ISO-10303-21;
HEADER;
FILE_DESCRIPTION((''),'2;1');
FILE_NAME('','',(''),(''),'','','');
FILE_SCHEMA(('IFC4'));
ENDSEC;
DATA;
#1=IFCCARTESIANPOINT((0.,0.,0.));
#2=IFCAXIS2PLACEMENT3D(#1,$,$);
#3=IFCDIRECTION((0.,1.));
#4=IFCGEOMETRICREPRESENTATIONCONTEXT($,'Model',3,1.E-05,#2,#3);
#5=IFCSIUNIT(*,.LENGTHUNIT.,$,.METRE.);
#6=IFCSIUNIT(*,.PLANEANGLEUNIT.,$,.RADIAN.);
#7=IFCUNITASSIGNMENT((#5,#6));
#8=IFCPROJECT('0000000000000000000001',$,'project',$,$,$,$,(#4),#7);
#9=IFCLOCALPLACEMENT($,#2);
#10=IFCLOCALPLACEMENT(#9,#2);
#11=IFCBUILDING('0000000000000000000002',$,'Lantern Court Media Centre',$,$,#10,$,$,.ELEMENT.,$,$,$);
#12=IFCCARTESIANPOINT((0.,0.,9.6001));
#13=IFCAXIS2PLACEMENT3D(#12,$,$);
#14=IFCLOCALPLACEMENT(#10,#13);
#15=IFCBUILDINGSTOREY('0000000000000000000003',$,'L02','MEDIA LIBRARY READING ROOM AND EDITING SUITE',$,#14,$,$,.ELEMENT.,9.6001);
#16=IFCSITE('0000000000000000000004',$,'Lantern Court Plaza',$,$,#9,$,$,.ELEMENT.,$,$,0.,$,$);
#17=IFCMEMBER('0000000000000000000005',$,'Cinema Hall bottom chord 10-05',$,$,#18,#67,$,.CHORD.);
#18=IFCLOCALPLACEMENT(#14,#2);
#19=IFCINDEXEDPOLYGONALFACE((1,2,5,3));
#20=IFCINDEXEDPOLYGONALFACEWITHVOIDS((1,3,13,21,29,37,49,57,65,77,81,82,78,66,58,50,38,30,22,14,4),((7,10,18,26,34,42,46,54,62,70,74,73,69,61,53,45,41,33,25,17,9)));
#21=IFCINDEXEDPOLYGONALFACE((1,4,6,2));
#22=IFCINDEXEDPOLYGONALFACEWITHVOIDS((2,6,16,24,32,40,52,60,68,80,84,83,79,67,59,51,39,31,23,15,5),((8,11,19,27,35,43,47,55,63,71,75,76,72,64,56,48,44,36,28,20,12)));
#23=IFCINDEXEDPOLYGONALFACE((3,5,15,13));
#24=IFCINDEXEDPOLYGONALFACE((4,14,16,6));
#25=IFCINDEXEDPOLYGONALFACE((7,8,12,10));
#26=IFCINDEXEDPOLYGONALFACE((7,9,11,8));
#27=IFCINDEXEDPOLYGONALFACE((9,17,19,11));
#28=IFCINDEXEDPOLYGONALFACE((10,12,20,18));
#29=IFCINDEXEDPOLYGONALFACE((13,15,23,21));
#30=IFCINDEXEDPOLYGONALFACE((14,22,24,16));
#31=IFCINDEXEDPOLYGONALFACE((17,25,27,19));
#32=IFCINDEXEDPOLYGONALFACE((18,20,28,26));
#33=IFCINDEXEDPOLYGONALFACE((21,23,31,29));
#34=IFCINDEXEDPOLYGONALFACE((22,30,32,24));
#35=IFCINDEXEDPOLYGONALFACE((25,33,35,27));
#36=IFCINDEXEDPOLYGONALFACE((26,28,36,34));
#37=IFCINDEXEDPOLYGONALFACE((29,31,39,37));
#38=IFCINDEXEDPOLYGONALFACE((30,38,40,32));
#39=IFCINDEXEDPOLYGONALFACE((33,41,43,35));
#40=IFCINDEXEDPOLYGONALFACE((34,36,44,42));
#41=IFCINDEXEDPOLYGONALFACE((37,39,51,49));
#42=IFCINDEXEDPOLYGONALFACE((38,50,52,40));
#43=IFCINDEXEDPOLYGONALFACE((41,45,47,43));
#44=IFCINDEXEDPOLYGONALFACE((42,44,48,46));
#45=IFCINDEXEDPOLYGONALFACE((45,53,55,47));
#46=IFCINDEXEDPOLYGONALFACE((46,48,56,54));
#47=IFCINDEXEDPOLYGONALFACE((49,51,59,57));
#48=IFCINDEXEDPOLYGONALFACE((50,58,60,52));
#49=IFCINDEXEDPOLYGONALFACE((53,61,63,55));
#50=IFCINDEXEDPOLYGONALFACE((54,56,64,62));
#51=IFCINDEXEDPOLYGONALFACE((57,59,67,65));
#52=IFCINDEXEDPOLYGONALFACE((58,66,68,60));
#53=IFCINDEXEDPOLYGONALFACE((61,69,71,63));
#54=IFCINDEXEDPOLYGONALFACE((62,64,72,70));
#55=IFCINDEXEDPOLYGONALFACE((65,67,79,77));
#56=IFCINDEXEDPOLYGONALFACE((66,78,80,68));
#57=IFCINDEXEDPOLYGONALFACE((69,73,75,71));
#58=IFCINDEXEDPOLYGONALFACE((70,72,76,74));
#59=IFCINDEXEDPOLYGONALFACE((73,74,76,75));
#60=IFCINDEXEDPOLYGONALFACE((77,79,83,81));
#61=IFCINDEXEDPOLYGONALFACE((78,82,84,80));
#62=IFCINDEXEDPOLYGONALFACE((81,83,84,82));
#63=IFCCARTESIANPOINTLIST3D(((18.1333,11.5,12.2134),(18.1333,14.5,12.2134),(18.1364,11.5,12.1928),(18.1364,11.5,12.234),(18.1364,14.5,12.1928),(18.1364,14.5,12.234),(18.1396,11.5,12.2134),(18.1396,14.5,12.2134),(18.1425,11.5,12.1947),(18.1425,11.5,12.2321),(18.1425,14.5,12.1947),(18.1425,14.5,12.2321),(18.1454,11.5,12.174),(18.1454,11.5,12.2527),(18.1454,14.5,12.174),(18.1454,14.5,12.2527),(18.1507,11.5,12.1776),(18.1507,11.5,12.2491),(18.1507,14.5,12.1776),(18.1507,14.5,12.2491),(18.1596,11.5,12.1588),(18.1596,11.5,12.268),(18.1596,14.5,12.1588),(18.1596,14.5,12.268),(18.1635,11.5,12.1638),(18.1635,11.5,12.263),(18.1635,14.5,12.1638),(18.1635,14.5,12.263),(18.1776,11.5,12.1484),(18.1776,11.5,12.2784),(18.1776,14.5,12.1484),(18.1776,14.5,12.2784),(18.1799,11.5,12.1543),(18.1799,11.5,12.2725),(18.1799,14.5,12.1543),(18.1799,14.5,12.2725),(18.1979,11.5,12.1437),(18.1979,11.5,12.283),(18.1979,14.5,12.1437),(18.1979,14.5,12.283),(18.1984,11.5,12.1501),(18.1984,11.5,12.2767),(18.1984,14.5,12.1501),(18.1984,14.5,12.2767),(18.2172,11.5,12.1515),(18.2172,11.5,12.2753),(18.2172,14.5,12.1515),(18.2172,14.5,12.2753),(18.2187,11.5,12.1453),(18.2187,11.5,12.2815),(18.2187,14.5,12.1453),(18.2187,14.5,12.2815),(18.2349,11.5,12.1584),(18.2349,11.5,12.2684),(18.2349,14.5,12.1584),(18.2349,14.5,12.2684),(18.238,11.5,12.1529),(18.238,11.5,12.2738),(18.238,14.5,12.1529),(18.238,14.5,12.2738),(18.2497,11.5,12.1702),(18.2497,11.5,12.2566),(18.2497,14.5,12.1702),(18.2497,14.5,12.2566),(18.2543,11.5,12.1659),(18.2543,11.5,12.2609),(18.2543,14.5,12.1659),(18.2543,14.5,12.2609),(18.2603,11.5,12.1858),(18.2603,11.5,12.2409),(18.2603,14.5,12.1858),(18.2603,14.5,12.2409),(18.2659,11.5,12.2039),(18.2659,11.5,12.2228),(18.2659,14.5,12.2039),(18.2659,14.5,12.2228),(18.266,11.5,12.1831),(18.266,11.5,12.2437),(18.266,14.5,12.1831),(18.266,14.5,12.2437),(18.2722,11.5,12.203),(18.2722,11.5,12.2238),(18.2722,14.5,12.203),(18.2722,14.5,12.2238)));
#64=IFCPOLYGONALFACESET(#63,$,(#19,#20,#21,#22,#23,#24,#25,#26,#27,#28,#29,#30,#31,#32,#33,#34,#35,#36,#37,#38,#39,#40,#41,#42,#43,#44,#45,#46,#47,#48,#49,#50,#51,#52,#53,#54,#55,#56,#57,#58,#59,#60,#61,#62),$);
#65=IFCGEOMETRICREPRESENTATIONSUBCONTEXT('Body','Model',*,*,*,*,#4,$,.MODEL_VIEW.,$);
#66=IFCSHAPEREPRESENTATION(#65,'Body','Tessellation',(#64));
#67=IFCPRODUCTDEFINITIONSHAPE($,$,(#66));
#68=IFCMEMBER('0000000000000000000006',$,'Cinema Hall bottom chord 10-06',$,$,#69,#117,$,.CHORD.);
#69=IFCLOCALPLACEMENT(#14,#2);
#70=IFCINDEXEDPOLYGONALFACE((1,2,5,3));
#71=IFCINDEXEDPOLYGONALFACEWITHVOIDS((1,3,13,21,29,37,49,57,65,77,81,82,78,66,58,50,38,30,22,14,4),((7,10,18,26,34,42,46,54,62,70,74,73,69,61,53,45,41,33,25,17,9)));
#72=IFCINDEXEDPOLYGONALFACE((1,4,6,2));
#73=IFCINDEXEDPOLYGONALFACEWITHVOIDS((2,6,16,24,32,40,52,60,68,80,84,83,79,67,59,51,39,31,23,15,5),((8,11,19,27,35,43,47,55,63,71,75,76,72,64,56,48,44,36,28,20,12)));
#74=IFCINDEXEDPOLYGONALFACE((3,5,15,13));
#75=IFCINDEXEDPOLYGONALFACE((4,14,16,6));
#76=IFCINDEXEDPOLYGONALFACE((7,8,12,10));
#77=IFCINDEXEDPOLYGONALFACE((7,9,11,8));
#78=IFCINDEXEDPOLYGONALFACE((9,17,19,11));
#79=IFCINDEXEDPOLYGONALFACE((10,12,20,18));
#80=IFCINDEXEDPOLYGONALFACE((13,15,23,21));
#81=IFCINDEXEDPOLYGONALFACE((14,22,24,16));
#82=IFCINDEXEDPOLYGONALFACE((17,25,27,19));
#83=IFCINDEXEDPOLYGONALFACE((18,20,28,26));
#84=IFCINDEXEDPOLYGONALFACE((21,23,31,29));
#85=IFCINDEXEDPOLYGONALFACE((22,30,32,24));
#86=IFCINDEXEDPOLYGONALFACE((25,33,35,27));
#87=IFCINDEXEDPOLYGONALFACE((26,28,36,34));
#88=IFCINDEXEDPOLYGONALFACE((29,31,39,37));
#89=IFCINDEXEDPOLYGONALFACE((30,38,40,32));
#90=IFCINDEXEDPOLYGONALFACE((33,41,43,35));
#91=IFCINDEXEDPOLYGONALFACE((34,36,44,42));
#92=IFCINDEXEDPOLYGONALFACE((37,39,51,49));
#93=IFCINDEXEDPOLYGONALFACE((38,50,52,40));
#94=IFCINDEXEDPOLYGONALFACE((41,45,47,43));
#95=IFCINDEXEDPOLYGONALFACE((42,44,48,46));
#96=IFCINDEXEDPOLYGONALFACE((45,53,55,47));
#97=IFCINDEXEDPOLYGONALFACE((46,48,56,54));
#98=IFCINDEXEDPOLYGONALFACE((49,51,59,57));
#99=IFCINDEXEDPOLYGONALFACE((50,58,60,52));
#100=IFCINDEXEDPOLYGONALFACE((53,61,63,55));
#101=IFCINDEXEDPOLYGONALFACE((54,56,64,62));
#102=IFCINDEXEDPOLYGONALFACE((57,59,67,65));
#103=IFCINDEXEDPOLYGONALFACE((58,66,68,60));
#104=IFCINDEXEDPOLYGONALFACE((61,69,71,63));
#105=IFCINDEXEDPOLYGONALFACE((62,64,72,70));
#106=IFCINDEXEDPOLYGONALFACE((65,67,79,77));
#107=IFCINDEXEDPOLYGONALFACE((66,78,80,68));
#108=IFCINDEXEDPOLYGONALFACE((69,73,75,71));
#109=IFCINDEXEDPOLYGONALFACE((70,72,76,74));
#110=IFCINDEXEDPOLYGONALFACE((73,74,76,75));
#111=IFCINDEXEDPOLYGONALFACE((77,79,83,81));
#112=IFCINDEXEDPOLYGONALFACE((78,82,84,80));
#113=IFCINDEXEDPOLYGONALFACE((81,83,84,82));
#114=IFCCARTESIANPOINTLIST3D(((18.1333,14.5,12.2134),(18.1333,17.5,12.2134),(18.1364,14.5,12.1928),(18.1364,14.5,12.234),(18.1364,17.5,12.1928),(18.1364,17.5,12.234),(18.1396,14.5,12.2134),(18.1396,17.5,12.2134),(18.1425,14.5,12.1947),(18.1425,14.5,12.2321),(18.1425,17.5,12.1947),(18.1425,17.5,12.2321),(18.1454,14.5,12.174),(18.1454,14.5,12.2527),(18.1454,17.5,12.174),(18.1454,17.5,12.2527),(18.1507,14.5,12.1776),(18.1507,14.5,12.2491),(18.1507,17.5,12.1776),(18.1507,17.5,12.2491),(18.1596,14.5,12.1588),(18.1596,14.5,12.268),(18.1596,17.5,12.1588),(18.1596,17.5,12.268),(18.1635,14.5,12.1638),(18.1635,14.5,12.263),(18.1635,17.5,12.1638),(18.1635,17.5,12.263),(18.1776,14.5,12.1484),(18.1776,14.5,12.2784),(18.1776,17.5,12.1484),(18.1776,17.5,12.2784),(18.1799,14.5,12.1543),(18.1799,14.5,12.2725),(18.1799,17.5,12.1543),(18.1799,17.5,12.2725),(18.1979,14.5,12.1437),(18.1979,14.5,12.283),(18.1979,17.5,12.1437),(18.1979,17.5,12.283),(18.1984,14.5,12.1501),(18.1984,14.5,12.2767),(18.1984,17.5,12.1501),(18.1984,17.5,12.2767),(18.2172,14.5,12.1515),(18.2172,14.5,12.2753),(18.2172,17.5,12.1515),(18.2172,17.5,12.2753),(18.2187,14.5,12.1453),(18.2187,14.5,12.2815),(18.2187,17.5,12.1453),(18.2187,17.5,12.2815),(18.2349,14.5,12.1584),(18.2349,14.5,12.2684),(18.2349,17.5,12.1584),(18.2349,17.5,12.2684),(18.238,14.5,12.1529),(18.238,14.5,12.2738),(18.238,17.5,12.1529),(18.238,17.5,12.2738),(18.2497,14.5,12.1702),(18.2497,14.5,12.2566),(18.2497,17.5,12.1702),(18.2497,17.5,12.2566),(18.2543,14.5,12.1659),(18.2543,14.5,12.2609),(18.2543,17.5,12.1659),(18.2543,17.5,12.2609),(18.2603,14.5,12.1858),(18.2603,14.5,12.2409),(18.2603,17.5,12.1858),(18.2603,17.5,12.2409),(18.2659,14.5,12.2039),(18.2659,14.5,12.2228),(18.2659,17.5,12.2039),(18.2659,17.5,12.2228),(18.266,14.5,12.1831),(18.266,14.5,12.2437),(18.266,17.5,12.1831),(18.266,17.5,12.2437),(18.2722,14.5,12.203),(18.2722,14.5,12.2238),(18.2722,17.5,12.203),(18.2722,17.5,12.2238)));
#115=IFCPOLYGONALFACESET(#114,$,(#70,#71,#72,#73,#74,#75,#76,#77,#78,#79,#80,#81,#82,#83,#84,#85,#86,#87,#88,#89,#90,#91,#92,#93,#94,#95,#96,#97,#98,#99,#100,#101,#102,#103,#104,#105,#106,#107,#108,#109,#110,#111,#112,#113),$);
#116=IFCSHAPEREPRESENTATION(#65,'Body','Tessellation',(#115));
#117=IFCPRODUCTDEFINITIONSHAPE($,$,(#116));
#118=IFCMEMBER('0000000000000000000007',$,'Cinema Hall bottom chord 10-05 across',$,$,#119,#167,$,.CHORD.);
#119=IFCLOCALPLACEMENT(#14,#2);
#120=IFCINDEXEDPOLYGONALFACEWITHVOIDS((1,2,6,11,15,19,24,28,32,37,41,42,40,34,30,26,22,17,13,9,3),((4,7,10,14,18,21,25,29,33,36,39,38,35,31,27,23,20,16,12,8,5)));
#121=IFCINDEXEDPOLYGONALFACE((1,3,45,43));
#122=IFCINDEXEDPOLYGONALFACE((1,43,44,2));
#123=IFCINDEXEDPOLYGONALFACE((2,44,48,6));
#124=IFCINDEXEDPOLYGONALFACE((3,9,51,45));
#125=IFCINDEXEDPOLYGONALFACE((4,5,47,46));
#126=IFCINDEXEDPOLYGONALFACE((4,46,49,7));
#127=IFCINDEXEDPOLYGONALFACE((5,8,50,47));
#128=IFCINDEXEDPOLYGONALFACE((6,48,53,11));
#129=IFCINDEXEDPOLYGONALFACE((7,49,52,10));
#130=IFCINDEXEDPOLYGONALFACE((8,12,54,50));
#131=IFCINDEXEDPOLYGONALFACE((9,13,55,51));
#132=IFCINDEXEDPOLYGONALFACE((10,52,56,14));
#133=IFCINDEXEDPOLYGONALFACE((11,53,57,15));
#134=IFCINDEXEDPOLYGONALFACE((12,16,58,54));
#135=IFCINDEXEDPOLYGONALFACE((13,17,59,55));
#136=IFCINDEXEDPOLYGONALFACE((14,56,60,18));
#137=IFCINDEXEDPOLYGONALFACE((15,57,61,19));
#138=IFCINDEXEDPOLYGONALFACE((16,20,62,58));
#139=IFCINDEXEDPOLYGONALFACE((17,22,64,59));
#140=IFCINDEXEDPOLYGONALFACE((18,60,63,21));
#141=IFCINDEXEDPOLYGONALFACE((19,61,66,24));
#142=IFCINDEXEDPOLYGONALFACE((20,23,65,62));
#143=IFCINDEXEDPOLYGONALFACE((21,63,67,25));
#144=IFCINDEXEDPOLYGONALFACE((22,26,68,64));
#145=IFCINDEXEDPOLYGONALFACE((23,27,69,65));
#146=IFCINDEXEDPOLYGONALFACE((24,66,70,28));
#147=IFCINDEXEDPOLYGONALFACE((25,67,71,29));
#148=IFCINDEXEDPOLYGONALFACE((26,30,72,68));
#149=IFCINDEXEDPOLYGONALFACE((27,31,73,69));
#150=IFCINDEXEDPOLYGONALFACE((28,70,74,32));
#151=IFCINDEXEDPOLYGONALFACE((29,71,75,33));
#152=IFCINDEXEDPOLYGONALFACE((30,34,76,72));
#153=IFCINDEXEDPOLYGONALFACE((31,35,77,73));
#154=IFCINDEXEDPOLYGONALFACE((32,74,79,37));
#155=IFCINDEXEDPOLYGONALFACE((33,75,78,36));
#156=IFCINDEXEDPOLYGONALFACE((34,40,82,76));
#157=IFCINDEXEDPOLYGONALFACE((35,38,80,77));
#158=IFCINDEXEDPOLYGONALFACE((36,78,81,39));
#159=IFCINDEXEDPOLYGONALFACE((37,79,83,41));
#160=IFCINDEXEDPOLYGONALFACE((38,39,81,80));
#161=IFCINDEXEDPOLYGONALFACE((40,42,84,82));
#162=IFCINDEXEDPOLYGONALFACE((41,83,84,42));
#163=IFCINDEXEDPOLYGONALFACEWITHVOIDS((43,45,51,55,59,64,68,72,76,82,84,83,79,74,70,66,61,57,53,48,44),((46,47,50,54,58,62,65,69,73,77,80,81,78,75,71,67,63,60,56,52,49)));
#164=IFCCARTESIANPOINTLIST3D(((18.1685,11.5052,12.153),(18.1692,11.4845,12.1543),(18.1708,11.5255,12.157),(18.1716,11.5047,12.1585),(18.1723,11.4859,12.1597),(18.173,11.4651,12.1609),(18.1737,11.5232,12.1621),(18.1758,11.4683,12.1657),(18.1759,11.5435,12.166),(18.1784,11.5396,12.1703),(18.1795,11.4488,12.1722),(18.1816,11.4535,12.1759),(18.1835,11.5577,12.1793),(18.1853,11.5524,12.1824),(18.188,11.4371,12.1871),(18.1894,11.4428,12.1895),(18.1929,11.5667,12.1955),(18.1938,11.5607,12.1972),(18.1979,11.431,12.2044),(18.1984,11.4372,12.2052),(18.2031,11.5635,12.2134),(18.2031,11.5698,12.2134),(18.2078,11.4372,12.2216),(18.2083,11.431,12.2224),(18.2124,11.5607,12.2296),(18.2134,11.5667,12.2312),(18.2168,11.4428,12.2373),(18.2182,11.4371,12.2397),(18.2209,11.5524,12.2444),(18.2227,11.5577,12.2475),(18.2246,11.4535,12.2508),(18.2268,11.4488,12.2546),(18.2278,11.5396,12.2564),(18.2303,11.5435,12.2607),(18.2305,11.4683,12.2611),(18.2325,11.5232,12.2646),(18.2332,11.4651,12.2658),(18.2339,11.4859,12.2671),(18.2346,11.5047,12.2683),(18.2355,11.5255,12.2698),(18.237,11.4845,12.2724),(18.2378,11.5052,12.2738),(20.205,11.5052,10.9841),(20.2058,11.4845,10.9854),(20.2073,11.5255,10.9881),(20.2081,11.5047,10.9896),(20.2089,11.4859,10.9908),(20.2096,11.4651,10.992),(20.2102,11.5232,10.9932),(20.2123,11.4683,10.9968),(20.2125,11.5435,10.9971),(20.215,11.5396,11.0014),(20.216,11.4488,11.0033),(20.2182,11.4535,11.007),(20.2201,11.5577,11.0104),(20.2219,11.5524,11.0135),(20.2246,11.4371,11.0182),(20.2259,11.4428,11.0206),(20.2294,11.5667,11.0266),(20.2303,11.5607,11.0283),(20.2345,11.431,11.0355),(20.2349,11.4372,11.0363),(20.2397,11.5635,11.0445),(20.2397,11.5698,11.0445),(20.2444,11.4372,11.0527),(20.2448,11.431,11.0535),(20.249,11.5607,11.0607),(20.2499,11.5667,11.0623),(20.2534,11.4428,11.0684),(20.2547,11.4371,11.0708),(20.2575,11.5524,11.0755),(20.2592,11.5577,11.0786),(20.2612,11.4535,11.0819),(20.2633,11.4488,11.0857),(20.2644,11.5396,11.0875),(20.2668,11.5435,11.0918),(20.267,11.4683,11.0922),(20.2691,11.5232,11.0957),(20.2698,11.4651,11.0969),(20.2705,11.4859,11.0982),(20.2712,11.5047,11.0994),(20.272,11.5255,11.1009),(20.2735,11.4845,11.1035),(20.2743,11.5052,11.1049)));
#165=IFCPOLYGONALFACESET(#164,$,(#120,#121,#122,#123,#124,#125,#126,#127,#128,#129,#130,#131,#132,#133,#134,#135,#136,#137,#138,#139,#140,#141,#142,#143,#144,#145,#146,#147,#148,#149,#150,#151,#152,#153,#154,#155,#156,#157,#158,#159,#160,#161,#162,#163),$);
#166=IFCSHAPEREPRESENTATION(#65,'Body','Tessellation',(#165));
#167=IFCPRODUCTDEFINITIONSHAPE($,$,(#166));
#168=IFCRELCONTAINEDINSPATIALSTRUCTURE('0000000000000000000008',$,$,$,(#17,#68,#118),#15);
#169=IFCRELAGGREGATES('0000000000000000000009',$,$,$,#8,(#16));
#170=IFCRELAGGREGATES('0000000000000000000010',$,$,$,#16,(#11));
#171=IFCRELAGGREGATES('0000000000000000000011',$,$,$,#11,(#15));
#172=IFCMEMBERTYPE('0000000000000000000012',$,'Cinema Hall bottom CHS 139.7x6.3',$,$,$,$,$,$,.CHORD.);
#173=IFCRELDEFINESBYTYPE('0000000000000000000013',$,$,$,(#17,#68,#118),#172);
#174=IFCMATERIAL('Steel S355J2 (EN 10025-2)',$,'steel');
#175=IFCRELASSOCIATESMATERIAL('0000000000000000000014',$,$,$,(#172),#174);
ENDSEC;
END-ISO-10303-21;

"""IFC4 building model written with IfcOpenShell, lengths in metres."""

from ifc_helpers import new_model, si_unit, direction, frame, origin, origin_2d, place, context, subcontext, project, spatial, hollow_circle, extrude, material, material_profile, profile_set, type_object, element, save


model = new_model("IFC4")

# Units and contexts
model_context = context("Model", 3, precision=1e-05, world=origin(), true_north=direction((0.0, 1.0)))
body_context = subcontext(model_context, "Body", "Model", "MODEL_VIEW")
ifc_project = project(units=[si_unit("LENGTHUNIT", "METRE"), si_unit("PLANEANGLEUNIT", "RADIAN")], contexts=[model_context])

# Site, building, storey
site_placement = place(None, origin())
site = spatial("IfcSite", under=ifc_project, at=site_placement, Name="Lantern Court Plaza", CompositionType="ELEMENT", RefElevation=0.0)
building_placement = place(site_placement, origin())
building = spatial("IfcBuilding", under=site, at=building_placement, Name="Lantern Court Media Centre", CompositionType="ELEMENT")
storey_placement = place(building_placement, frame((0.0, 0.0, 9.6001)))
storey = spatial("IfcBuildingStorey", under=building, at=storey_placement, Name="L02", Description="MEDIA LIBRARY READING ROOM AND EDITING SUITE", CompositionType="ELEMENT", Elevation=9.6001)

# Members
ifc_material = material(Name="Steel S355J2 (EN 10025-2)", Category="steel")
ifc_material_profile_1 = material_profile(ifc_material, hollow_circle(Radius=0.0698, WallThickness=0.0063, at=origin_2d()), Name="Cinema Hall bottom CHS 139.7x6.3")
ifc_profile_set_1 = profile_set([ifc_material_profile_1], Name="Steel S355J2 (EN 10025-2)")
member_type_1 = type_object("IfcMemberType", Name="Cinema Hall bottom CHS 139.7x6.3", PredefinedType="CHORD", material=ifc_profile_set_1)
for number, where, z_axis, x_axis, name in (
    (1, (18.2031, 11.5, 12.2134), (0.0, 1.0, 0.0), (-1.0, 0.0, 0.0), "Cinema Hall bottom chord 10-05"),
    (2, (18.2031, 14.5, 12.2134), (0.0, 1.0, 0.0), (-1.0, 0.0, 0.0), "Cinema Hall bottom chord 10-06"),
):
    element("IfcMember", number, at=place(storey_placement, frame(where, z_axis=z_axis, x_axis=x_axis)), inside=storey, type_object=member_type_1, Name=name, PredefinedType="CHORD", context=body_context, shape_type="SweptSolid", body=[
        extrude(hollow_circle(Radius=0.0698, WallThickness=0.0063, at=origin_2d()), origin(), (0.0, 0.0, 1.0), 3.0),
    ])
for number, where, z_axis, x_axis, name in (
    (3, (18.2031, 11.5, 12.2134), (0.867295, 0.0, -0.497795), (0.0, 1.0, 0.0), "Cinema Hall bottom chord 10-05 across"),
):
    element("IfcMember", number, at=place(storey_placement, frame(where, z_axis=z_axis, x_axis=x_axis)), inside=storey, type_object=member_type_1, Name=name, PredefinedType="CHORD", context=body_context, shape_type="SweptSolid", body=[
        extrude(hollow_circle(Radius=0.0698, WallThickness=0.0063, at=origin_2d()), origin(), (0.0, 0.0, 1.0), 2.3481),
    ])

save(model, "model.ifc")
